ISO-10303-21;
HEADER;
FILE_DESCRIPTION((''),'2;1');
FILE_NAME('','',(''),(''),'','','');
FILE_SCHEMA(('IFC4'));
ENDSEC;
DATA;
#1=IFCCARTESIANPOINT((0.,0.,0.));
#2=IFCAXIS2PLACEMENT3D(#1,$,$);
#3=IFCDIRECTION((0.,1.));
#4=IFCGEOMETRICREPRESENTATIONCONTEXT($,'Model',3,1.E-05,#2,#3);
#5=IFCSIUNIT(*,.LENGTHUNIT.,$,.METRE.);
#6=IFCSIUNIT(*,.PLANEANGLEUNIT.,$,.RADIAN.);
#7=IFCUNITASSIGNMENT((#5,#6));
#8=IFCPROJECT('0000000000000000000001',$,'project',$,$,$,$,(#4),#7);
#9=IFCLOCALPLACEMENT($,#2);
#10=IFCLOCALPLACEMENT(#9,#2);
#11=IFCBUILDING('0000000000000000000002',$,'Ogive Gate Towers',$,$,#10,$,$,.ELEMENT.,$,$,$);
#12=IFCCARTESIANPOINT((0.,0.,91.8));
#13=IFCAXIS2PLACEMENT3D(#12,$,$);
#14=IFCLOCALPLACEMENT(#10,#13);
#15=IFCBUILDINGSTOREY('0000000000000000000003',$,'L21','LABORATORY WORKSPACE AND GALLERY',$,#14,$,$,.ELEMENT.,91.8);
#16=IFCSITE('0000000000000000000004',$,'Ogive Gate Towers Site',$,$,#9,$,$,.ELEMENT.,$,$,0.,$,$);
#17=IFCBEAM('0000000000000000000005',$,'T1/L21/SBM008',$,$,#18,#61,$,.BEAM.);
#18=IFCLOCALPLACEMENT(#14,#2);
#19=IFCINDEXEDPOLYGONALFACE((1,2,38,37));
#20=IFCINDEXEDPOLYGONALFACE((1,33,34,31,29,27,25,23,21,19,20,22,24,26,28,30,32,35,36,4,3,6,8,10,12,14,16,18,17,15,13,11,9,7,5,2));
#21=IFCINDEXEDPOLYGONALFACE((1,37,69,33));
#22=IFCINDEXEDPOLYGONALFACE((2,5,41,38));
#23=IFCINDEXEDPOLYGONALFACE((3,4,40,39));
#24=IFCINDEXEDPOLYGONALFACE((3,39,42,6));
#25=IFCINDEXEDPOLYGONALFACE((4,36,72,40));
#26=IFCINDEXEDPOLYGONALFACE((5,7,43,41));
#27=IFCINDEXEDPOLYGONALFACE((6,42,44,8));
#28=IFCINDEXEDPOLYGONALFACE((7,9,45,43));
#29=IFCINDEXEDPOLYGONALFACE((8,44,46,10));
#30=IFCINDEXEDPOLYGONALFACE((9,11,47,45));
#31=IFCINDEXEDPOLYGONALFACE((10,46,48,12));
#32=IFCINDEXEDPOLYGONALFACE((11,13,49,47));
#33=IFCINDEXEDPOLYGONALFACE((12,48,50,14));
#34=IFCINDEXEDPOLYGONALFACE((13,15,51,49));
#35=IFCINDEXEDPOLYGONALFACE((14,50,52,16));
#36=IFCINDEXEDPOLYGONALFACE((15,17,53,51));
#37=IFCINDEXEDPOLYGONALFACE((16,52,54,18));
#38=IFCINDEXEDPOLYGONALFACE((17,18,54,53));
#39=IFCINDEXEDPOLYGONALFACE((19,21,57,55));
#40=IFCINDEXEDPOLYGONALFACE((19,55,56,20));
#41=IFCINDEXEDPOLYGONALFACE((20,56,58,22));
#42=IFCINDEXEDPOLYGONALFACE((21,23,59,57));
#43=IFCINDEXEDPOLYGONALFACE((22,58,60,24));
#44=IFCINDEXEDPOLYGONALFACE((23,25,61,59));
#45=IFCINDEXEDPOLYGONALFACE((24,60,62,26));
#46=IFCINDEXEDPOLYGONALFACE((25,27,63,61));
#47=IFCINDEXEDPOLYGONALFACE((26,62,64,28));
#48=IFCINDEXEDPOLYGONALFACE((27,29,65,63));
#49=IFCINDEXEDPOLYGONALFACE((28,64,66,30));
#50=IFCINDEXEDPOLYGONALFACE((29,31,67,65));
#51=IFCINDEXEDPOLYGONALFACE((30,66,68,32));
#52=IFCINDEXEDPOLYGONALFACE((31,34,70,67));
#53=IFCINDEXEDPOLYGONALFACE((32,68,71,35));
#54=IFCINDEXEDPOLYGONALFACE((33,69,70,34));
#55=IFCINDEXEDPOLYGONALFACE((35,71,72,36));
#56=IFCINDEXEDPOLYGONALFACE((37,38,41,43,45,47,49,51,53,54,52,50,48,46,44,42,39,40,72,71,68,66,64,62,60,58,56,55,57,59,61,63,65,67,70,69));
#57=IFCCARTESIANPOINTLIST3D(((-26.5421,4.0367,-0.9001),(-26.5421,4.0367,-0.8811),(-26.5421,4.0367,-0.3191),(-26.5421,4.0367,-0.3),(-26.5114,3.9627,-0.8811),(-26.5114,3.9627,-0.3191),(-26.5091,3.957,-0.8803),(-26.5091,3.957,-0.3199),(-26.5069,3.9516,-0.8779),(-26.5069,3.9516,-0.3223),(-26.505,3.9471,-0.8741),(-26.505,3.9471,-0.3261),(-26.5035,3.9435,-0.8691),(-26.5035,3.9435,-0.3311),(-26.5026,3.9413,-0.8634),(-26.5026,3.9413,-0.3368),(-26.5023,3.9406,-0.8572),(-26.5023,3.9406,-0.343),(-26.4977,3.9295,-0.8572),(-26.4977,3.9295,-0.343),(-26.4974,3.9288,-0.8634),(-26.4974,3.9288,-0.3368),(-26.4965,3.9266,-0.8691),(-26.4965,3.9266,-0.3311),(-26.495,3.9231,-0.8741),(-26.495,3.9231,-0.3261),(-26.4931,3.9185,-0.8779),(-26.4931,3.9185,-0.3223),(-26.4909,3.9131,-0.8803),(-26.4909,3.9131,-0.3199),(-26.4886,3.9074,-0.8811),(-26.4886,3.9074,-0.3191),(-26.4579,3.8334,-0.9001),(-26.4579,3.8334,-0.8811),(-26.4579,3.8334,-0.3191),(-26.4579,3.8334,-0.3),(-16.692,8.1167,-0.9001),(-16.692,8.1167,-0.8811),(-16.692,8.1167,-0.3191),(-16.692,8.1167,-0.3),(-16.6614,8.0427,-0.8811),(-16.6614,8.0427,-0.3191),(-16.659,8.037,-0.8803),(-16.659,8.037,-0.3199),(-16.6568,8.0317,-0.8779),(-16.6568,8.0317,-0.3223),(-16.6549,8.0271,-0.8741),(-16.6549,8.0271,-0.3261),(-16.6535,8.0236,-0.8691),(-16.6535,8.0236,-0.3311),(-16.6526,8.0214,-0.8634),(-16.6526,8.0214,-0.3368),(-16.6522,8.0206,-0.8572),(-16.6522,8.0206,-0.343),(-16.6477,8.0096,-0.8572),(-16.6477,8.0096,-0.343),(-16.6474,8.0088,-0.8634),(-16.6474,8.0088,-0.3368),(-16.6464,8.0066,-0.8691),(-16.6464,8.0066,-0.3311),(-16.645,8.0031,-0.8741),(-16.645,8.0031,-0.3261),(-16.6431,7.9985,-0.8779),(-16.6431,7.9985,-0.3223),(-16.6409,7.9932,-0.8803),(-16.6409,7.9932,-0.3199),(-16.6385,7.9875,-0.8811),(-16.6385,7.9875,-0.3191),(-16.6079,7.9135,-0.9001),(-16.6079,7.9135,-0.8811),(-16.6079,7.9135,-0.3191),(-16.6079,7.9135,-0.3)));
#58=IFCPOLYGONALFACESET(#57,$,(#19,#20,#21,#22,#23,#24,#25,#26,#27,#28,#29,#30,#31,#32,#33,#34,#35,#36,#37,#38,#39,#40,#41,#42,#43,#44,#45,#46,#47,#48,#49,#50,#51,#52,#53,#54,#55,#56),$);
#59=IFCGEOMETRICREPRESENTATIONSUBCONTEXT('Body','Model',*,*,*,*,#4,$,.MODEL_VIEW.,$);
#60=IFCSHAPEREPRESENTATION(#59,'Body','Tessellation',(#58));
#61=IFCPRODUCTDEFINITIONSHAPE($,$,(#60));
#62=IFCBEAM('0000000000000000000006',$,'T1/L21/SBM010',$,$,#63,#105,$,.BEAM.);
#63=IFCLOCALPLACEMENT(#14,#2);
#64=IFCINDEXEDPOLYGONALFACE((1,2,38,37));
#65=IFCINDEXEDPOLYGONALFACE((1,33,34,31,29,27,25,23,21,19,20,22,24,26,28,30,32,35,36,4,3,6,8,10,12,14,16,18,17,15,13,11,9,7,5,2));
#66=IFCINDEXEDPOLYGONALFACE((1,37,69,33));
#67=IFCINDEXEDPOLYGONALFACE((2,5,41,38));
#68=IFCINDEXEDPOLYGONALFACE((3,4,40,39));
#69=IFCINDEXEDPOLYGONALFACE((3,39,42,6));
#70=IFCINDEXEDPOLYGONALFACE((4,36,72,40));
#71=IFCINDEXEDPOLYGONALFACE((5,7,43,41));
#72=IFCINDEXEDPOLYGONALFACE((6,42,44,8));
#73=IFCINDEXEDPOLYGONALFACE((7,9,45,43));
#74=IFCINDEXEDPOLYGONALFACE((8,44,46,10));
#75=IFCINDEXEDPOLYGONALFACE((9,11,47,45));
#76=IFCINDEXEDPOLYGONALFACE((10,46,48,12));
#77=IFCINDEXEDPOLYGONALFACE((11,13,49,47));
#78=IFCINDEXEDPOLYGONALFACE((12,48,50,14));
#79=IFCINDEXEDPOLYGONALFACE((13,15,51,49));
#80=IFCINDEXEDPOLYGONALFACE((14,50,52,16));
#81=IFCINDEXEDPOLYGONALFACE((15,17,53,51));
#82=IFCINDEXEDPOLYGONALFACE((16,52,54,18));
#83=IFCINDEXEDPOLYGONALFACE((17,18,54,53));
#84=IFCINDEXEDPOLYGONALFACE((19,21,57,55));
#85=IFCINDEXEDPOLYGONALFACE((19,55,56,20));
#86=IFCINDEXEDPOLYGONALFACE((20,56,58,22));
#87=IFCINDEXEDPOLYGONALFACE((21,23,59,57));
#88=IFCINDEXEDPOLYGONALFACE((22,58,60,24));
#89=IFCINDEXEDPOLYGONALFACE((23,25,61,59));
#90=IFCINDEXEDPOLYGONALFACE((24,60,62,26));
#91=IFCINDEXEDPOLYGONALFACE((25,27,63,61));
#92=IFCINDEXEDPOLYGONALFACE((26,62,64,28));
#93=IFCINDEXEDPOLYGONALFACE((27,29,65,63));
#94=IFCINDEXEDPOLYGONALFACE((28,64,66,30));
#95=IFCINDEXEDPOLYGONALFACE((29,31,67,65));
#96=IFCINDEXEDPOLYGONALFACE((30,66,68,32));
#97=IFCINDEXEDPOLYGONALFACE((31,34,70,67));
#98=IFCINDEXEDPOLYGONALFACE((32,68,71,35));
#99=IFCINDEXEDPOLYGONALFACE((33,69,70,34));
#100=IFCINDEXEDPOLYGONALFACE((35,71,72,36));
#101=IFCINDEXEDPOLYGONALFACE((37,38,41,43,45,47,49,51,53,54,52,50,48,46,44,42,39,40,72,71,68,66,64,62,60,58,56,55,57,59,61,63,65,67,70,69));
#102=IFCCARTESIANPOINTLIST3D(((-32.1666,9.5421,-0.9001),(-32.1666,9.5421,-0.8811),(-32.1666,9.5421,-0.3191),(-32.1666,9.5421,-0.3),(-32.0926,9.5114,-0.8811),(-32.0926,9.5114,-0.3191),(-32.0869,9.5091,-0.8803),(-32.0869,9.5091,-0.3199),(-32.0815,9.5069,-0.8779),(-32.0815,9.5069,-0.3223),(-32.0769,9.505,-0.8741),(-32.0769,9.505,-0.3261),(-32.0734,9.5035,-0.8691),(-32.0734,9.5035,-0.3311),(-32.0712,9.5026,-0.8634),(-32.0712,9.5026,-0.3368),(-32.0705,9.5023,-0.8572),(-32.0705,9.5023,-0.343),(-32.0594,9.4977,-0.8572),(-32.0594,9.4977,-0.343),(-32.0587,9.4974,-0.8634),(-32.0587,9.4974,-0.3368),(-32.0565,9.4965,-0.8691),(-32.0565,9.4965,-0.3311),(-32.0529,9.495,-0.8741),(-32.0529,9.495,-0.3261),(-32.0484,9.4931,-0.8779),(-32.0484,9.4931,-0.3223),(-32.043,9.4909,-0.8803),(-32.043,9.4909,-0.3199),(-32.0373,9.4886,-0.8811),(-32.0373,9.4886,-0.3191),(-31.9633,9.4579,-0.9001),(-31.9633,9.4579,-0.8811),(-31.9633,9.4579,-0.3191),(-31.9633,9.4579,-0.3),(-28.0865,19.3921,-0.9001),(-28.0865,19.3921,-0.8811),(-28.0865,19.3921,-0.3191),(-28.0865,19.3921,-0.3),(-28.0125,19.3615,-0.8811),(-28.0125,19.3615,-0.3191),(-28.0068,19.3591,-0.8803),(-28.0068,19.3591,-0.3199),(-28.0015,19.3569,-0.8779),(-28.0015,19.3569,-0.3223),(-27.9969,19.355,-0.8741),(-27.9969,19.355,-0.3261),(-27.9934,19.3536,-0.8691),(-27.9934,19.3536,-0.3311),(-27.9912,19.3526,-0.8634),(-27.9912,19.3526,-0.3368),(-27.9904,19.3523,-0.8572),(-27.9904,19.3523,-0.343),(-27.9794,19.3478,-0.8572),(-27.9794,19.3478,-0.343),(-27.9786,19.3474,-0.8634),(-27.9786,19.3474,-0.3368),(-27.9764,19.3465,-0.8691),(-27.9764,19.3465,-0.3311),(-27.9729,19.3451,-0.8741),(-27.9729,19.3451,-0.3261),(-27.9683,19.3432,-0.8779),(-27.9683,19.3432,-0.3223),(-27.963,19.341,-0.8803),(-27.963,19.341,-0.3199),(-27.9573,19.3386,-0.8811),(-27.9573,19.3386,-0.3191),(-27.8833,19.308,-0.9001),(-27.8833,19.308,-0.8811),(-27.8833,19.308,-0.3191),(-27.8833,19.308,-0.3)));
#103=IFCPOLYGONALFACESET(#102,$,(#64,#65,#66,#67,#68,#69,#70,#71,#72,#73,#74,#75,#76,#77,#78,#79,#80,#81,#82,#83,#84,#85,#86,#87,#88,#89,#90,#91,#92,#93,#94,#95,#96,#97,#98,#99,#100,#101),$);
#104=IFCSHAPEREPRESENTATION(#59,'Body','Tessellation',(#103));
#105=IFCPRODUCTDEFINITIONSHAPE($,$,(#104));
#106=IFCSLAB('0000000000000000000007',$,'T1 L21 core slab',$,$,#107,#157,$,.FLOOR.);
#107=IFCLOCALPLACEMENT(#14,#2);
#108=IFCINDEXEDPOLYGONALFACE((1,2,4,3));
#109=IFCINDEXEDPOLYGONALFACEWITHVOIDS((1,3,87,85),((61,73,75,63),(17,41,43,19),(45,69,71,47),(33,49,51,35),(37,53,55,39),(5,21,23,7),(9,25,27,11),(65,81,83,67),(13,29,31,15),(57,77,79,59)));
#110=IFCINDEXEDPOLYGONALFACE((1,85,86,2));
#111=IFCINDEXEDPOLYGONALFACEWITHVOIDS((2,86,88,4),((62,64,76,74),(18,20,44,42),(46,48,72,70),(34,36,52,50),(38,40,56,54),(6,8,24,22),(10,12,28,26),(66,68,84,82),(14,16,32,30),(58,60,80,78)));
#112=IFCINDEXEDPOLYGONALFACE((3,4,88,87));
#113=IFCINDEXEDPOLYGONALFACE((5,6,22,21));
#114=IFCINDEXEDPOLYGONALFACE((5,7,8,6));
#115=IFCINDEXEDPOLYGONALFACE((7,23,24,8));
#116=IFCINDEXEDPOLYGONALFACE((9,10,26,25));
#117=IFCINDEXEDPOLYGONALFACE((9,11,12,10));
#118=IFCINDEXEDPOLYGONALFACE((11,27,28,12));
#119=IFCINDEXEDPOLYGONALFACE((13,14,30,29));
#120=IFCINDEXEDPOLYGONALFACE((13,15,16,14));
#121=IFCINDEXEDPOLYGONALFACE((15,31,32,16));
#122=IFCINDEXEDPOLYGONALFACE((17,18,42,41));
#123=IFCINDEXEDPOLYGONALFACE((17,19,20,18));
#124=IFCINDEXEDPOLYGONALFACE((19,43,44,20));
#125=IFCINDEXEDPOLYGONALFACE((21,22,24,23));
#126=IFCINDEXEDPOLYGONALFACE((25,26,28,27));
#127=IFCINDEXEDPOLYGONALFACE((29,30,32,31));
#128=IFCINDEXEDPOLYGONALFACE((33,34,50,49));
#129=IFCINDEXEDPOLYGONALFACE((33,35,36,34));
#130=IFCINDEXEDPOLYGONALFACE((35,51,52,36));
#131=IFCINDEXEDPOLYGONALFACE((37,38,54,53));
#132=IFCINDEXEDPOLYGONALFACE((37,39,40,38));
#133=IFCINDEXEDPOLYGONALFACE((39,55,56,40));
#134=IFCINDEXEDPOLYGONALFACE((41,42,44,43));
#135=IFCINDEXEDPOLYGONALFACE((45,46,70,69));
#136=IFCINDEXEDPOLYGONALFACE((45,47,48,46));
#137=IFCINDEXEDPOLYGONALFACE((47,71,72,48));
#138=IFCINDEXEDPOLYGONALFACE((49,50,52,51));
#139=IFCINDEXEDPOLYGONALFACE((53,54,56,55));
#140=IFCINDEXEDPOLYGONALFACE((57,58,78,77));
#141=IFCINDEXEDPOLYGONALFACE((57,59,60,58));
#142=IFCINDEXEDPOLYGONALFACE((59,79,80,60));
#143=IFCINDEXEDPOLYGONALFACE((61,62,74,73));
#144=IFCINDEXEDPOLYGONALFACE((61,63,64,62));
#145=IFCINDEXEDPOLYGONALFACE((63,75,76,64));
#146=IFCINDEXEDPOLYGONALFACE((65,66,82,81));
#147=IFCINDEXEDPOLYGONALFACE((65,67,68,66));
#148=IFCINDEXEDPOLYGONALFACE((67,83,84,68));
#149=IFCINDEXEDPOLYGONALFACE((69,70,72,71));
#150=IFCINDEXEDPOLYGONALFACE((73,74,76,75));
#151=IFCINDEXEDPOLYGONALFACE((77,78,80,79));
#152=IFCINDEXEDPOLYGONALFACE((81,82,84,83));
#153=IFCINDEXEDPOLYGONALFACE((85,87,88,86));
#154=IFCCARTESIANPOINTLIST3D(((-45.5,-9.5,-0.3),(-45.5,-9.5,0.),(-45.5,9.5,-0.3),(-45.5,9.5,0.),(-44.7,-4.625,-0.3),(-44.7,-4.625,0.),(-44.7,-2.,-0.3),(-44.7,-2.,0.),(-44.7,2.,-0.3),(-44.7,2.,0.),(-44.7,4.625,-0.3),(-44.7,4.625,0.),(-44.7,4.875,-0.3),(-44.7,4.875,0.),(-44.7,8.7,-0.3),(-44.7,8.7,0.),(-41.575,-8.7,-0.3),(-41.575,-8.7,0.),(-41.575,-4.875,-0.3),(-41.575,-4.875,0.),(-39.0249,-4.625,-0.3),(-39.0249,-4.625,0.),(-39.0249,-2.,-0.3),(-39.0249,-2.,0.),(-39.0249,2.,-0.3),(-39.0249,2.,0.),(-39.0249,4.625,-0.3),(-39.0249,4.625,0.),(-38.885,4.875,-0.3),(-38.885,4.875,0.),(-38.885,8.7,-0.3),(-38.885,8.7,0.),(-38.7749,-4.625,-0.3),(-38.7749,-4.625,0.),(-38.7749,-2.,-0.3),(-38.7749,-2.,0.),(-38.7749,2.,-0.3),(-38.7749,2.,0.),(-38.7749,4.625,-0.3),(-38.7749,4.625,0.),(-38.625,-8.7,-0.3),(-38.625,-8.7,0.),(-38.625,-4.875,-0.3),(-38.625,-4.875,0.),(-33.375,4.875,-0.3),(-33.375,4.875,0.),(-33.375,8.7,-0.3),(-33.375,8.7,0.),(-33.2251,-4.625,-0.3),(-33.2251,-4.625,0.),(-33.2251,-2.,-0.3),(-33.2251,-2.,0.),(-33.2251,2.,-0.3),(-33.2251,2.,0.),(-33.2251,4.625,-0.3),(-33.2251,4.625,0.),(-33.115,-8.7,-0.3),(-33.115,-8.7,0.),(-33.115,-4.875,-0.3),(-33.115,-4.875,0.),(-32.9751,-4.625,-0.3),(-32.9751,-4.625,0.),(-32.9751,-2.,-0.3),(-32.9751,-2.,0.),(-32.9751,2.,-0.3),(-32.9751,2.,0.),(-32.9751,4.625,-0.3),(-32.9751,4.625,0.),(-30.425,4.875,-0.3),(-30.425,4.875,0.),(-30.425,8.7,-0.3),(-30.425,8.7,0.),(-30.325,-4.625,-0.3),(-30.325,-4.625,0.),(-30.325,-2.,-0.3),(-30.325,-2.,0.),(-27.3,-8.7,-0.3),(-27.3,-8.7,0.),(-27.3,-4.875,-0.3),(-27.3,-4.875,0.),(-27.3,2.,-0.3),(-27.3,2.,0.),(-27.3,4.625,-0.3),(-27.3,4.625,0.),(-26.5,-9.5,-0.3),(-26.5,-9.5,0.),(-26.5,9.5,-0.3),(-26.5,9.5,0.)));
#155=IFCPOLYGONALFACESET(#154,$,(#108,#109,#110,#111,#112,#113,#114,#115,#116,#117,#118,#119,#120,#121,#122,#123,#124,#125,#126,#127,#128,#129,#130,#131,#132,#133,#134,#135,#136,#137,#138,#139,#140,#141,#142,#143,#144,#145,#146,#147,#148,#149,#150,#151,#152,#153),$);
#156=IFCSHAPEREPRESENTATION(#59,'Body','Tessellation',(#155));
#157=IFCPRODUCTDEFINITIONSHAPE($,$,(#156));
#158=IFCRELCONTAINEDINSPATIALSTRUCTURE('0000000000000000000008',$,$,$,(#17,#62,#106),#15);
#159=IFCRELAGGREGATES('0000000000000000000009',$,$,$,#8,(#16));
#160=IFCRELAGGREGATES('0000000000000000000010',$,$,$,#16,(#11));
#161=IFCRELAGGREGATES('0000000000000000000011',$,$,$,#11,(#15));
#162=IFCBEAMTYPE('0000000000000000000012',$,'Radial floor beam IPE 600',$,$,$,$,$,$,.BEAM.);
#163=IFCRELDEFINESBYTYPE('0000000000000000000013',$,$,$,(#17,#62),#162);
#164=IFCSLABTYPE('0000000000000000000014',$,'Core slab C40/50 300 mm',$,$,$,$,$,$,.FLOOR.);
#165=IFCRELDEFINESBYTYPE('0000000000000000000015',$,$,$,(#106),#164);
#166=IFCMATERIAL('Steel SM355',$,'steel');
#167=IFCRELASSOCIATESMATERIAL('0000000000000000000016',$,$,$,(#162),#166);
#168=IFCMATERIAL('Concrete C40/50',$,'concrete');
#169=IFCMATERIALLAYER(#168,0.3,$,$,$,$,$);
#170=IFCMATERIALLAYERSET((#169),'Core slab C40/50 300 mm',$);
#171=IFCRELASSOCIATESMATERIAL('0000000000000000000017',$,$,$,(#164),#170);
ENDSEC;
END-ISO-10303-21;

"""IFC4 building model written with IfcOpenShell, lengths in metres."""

from ifc_helpers import new_model, si_unit, direction, frame, origin, origin_2d, place, context, subcontext, project, spatial, polyline, i_section, outline, extrude, material, layer, layer_set, material_profile, profile_set, type_object, element, save


model = new_model("IFC4")

# Units and contexts
model_context = context("Model", 3, precision=1e-05, world=origin(), true_north=direction((0.0, 1.0)))
body_context = subcontext(model_context, "Body", "Model", "MODEL_VIEW")
ifc_project = project(units=[si_unit("LENGTHUNIT", "METRE"), si_unit("PLANEANGLEUNIT", "RADIAN")], contexts=[model_context])

# Site, building, storey
site_placement = place(None, origin())
site = spatial("IfcSite", under=ifc_project, at=site_placement, Name="Ogive Gate Towers Site", CompositionType="ELEMENT", RefElevation=0.0)
building_placement = place(site_placement, origin())
building = spatial("IfcBuilding", under=site, at=building_placement, Name="Ogive Gate Towers", CompositionType="ELEMENT")
storey_placement = place(building_placement, frame((0.0, 0.0, 91.8)))
storey = spatial("IfcBuildingStorey", under=building, at=storey_placement, Name="L21", Description="LABORATORY WORKSPACE AND GALLERY", CompositionType="ELEMENT", Elevation=91.8)

# Beams
ifc_material_1 = material(Name="Steel SM355", Category="steel")
ifc_material_profile_1 = material_profile(ifc_material_1, i_section(OverallWidth=0.22, OverallDepth=0.6001, WebThickness=0.012, FlangeThickness=0.019, FilletRadius=0.0239, at=origin_2d()), Name="IPE 600")
ifc_profile_set_1 = profile_set([ifc_material_profile_1], Name="Steel SM355")
beam_type_1 = type_object("IfcBeamType", Name="Radial floor beam IPE 600", PredefinedType="BEAM", material=ifc_profile_set_1)
for number, where, z_axis, x_axis, name in (
    (1, (-26.5, 3.9351, -0.6001), (0.923878, 0.382686, 0.0), (-0.382686, 0.923878, 0.0), "T1/L21/SBM008"),
    (2, (-32.0649, 9.5, -0.6001), (0.382686, 0.923878, 0.0), (-0.923878, 0.382686, 0.0), "T1/L21/SBM010"),
):
    element("IfcBeam", number, at=place(storey_placement, frame(where, z_axis=z_axis, x_axis=x_axis)), inside=storey, type_object=beam_type_1, Name=name, PredefinedType="BEAM", context=body_context, shape_type="SweptSolid", body=[
        extrude(i_section(OverallWidth=0.22, OverallDepth=0.6001, WebThickness=0.012, FlangeThickness=0.019, FilletRadius=0.0239, at=origin_2d()), origin(), (0.0, 0.0, 1.0), 10.6616),
    ])

# Slab
ifc_material_2 = material(Name="Concrete C40/50", Category="concrete")
ifc_layer_1 = layer(ifc_material_2, 0.3)
ifc_layer_set_1 = layer_set([ifc_layer_1], Name="Core slab C40/50 300 mm")
slab_type_1 = type_object("IfcSlabType", Name="Core slab C40/50 300 mm", PredefinedType="FLOOR", material=ifc_layer_set_1)
slab_1_placement = place(storey_placement, frame((0.0, 0.0, -0.3)))
element("IfcSlab", 3, at=slab_1_placement, inside=storey, type_object=slab_type_1, Name="T1 L21 core slab", PredefinedType="FLOOR", context=body_context, shape_type="SweptSolid", body=[
    extrude(outline(polyline([(-26.5, 9.5), (-26.5, -9.5), (-45.5, -9.5), (-45.5, 9.5), (-26.5, 9.5)]), holes=[polyline([(-39.0249, 4.625), (-44.7, 4.625), (-44.7, 2.0), (-39.0249, 2.0), (-39.0249, 4.625)]), polyline([(-33.2251, 2.0), (-33.2251, 4.625), (-38.7749, 4.625), (-38.7749, 2.0), (-33.2251, 2.0)]), polyline([(-32.9751, 2.0), (-27.3, 2.0), (-27.3, 4.625), (-32.9751, 4.625), (-32.9751, 2.0)]), polyline([(-44.7, -2.0), (-44.7, -4.625), (-39.0249, -4.625), (-39.0249, -2.0), (-44.7, -2.0)]), polyline([(-33.2251, -2.0), (-38.7749, -2.0), (-38.7749, -4.625), (-33.2251, -4.625), (-33.2251, -2.0)]), polyline([(-30.325, -4.625), (-30.325, -2.0), (-32.9751, -2.0), (-32.9751, -4.625), (-30.325, -4.625)]), polyline([(-33.375, 4.875), (-30.425, 4.875), (-30.425, 8.7), (-33.375, 8.7), (-33.375, 4.875)]), polyline([(-41.575, -4.875), (-41.575, -8.7), (-38.625, -8.7), (-38.625, -4.875), (-41.575, -4.875)]), polyline([(-44.7, 4.875), (-38.885, 4.875), (-38.885, 8.7), (-44.7, 8.7), (-44.7, 4.875)]), polyline([(-27.3, -8.7), (-27.3, -4.875), (-33.115, -4.875), (-33.115, -8.7), (-27.3, -8.7)])]), origin(), (0.0, 0.0, 1.0), 0.3),
])

save(model, "model.ifc")
